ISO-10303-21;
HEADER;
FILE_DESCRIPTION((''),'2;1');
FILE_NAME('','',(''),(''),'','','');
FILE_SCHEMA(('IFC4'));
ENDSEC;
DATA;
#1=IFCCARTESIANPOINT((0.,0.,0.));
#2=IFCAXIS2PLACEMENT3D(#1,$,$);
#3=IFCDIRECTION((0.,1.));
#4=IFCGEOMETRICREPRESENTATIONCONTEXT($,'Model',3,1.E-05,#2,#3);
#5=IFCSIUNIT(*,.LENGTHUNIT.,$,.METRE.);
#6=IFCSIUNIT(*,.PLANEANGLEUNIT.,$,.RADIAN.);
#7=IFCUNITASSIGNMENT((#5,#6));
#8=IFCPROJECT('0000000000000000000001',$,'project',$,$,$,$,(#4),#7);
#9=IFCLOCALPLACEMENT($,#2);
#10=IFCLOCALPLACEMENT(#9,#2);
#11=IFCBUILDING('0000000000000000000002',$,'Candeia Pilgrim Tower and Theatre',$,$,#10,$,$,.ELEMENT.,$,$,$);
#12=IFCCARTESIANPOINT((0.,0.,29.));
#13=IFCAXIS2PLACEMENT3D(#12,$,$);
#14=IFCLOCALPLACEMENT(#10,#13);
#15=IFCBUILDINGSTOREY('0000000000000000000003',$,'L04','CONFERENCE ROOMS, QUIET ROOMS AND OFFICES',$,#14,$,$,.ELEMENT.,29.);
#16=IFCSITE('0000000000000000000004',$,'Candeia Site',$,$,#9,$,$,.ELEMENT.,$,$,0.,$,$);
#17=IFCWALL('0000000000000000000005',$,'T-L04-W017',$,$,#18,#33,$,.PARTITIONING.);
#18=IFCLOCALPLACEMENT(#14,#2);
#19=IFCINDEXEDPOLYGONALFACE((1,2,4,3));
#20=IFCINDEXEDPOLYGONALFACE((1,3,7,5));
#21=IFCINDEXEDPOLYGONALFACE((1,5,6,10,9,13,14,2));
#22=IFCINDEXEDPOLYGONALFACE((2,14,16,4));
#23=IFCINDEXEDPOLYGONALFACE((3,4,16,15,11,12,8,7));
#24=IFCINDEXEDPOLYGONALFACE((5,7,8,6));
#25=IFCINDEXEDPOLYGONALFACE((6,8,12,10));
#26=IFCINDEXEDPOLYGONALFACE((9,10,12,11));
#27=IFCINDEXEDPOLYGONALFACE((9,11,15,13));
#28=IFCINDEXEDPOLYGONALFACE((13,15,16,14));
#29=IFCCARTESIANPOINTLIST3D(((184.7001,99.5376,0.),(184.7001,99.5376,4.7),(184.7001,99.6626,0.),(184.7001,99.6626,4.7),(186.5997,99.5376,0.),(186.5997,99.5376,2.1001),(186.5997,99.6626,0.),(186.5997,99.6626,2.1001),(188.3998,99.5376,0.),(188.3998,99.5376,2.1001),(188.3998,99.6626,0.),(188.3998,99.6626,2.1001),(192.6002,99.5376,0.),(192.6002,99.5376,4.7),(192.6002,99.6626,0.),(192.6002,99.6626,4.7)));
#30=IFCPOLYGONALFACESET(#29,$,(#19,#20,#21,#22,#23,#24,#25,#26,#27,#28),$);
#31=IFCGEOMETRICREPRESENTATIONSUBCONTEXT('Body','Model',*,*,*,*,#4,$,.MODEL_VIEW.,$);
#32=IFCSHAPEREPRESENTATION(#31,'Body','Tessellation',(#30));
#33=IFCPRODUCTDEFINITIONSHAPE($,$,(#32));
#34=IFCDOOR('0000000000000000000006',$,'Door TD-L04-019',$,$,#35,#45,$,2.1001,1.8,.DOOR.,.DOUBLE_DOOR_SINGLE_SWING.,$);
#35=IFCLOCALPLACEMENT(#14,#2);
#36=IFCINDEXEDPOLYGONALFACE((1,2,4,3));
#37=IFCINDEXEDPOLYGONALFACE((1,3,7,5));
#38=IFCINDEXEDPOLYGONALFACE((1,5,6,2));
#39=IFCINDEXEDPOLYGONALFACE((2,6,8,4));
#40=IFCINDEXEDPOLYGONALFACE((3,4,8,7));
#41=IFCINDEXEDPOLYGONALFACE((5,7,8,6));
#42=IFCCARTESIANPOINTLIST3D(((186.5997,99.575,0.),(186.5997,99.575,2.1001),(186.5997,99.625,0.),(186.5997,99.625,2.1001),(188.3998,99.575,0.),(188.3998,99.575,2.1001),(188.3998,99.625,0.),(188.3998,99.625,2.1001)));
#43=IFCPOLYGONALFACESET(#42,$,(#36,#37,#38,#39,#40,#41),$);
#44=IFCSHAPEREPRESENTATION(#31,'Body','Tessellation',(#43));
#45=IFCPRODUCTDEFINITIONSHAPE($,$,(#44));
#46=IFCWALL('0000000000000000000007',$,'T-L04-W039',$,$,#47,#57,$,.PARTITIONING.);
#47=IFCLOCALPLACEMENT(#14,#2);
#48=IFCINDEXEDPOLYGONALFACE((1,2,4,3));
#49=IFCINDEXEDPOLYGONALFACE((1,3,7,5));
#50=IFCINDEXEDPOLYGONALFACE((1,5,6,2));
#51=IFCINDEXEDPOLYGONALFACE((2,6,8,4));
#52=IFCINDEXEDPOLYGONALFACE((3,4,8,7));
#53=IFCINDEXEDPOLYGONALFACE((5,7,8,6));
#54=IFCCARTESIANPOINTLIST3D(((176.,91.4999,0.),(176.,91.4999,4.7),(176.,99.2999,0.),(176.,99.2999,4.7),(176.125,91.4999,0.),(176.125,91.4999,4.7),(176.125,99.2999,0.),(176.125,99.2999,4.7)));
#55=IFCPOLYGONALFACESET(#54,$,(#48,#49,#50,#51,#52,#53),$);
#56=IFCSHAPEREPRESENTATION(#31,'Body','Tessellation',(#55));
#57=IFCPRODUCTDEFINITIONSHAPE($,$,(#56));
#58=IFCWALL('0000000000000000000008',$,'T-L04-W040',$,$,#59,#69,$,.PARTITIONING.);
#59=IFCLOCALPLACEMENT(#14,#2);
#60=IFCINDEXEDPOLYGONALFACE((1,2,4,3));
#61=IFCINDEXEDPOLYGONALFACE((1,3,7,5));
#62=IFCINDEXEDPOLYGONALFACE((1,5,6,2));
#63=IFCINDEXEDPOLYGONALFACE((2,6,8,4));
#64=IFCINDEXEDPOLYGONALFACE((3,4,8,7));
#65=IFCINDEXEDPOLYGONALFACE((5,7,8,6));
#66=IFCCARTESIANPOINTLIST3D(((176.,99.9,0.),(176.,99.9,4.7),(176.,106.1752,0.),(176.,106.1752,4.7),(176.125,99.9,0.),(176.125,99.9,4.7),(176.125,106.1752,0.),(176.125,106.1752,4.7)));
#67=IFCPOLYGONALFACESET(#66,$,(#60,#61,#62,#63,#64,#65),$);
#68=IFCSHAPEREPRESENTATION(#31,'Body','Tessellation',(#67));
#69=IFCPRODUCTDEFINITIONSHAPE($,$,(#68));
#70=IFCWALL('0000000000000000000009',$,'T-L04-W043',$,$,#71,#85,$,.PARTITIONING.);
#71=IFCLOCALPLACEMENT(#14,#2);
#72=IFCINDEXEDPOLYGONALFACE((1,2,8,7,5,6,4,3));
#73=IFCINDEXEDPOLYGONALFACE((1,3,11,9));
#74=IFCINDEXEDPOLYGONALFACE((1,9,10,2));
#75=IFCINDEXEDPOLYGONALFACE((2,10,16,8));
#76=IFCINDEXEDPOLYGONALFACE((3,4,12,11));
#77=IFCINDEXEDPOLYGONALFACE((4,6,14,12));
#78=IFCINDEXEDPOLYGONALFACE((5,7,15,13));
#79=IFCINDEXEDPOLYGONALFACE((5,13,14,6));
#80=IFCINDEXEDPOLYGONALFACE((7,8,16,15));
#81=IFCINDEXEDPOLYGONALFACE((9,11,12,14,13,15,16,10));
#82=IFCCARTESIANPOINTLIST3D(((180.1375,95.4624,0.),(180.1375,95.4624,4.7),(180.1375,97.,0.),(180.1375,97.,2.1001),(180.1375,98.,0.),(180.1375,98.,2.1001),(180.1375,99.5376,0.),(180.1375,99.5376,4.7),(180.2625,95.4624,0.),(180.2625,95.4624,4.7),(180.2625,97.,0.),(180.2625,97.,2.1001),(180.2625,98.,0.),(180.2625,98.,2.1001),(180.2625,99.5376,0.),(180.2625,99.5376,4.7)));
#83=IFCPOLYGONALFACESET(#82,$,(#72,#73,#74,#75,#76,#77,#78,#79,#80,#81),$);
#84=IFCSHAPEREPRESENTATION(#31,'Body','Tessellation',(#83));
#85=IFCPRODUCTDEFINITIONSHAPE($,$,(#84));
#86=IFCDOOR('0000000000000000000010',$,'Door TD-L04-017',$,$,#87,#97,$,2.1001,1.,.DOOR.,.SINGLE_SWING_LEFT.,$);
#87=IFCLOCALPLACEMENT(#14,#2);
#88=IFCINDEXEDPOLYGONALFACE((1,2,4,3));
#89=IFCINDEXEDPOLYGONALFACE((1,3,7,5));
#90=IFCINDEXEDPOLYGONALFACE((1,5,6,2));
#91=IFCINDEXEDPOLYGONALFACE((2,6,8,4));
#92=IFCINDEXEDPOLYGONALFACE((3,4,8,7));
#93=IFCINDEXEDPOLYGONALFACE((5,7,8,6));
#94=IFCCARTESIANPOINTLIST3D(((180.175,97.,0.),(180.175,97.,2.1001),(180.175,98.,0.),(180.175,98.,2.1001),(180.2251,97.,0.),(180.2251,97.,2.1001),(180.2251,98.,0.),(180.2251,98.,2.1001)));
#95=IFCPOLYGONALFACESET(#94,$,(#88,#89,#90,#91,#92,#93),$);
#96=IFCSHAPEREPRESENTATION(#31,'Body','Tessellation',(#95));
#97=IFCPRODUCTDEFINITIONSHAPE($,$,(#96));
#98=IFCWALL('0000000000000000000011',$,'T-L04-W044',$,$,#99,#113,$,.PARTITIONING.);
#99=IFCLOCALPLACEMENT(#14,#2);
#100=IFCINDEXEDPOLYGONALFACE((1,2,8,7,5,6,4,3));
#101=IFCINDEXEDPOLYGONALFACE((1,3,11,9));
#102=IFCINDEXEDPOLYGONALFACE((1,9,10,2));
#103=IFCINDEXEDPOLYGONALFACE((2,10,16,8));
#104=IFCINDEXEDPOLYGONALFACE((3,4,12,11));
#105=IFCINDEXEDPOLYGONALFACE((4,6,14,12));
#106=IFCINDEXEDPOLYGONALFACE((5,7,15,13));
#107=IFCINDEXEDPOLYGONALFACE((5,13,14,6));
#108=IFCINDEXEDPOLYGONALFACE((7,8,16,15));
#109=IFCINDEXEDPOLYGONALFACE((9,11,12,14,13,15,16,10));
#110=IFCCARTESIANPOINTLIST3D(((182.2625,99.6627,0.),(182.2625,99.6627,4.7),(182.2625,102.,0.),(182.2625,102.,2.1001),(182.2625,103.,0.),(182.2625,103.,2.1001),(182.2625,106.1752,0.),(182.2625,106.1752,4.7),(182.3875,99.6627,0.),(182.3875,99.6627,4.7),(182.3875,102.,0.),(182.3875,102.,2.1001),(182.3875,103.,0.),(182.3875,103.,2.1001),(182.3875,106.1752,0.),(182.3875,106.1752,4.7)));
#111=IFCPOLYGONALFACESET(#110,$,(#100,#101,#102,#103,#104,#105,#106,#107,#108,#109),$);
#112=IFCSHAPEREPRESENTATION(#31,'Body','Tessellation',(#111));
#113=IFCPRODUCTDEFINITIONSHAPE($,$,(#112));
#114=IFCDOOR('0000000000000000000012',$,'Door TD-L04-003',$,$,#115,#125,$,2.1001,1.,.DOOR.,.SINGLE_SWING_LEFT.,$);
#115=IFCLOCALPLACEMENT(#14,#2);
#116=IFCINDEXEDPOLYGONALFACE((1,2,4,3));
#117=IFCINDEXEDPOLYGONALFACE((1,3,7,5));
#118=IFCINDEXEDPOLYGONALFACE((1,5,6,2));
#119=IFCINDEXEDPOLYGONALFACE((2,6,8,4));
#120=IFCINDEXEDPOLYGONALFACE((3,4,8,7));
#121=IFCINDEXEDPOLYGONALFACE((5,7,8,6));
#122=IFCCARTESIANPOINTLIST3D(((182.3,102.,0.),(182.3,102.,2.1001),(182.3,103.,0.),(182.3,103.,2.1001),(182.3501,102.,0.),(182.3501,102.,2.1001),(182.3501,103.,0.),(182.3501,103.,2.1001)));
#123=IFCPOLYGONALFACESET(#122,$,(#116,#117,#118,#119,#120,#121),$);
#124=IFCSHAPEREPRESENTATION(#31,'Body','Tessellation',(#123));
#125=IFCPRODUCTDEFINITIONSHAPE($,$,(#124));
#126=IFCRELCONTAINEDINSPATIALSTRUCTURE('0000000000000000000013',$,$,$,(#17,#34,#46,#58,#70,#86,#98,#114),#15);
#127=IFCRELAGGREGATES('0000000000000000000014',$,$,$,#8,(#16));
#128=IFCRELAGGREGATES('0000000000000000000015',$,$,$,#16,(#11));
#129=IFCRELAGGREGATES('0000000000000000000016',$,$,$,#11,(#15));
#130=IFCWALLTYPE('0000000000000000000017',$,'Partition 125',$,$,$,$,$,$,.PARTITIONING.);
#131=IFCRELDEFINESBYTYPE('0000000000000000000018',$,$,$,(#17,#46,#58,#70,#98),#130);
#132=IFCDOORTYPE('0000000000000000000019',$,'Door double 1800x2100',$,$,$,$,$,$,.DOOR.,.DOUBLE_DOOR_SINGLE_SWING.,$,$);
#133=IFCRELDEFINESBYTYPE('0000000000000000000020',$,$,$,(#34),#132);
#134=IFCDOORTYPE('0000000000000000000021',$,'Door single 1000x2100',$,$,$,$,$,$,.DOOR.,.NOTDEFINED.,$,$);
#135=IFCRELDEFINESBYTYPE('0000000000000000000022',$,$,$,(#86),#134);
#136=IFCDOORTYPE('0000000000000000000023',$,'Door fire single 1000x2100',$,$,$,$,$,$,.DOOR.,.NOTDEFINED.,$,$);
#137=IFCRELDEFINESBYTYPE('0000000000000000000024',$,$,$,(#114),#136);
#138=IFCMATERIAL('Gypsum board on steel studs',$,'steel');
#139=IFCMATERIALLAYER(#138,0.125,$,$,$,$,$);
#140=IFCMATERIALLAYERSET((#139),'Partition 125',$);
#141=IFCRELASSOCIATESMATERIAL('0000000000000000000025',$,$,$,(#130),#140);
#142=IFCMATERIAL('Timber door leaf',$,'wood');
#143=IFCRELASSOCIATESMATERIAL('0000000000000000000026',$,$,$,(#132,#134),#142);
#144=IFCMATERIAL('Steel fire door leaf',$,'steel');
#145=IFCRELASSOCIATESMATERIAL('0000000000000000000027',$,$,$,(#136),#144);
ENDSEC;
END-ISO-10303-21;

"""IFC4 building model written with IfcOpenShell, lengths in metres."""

from ifc_helpers import new_model, si_unit, direction, frame, frame_2d, origin, place, context, subcontext, project, spatial, rectangle, extrude, material, layer, layer_set, type_object, element, fill, save


model = new_model("IFC4")

# Units and contexts
model_context = context("Model", 3, precision=1e-05, world=origin(), true_north=direction((0.0, 1.0)))
body_context = subcontext(model_context, "Body", "Model", "MODEL_VIEW")
ifc_project = project(units=[si_unit("LENGTHUNIT", "METRE"), si_unit("PLANEANGLEUNIT", "RADIAN")], contexts=[model_context])

# Site, building, storey
site_placement = place(None, origin())
site = spatial("IfcSite", under=ifc_project, at=site_placement, Name="Candeia Site", CompositionType="ELEMENT", RefElevation=0.0)
building_placement = place(site_placement, origin())
building = spatial("IfcBuilding", under=site, at=building_placement, Name="Candeia Pilgrim Tower and Theatre", CompositionType="ELEMENT")
storey_placement = place(building_placement, frame((0.0, 0.0, 29.0)))
storey = spatial("IfcBuildingStorey", under=building, at=storey_placement, Name="L04", Description="CONFERENCE ROOMS, QUIET ROOMS AND OFFICES", CompositionType="ELEMENT", Elevation=29.0)

# Shared definitions
ifc_material_1 = material(Name="Gypsum board on steel studs", Category="steel")
ifc_layer_1 = layer(ifc_material_1, 0.125)
ifc_layer_set_1 = layer_set([ifc_layer_1], Name="Partition 125")
wall_type_1 = type_object("IfcWallType", Name="Partition 125", PredefinedType="PARTITIONING", material=ifc_layer_set_1)

# Wall, opening, door
ifc_material_2 = material(Name="Timber door leaf", Category="wood")
door_type_1 = type_object("IfcDoorType", Name="Door double 1800x2100", OperationType="DOUBLE_DOOR_SINGLE_SWING", PredefinedType="DOOR", material=ifc_material_2)
wall_1_placement = place(storey_placement, frame((184.7, 99.6001, 0.0), z_axis=(0.0, 0.0, 1.0), x_axis=(1.0, 0.0, 0.0)))
wall_1 = element("IfcWall", 1, at=wall_1_placement, inside=storey, type_object=wall_type_1, Name="T-L04-W017", PredefinedType="PARTITIONING", context=body_context, shape_type="SweptSolid", body=[
    extrude(rectangle(XDim=7.9001, YDim=0.125, at=frame_2d((3.9502, 0.0))), origin(), (0.0, 0.0, 1.0), 4.7),
])
opening_1_placement = place(wall_1_placement, frame((1.8999, 0.0, 0.0)))
opening_1 = element("IfcOpeningElement", 2, at=opening_1_placement, cuts=wall_1, PredefinedType="OPENING", context=body_context, shape_type="SweptSolid", body=[
    extrude(rectangle(XDim=1.8, YDim=2.1001, at=frame_2d((0.8999, 1.05))), frame((0.0, 0.0725, 0.0), z_axis=(0.0, -1.0, 0.0), x_axis=(1.0, 0.0, 0.0)), (0.0, 0.0, 1.0), 0.145),
])
door_1_placement = place(opening_1_placement, origin())
door_1 = element("IfcDoor", 3, at=door_1_placement, inside=storey, type_object=door_type_1, Name="Door TD-L04-019", OperationType="DOUBLE_DOOR_SINGLE_SWING", OverallHeight=2.1001, OverallWidth=1.8, PredefinedType="DOOR", context=body_context, shape_type="SweptSolid", body=[
    extrude(rectangle(XDim=1.8, YDim=2.1001, at=frame_2d((0.8999, 1.05))), frame((0.0, 0.0249, 0.0), z_axis=(0.0, -1.0, 0.0), x_axis=(1.0, 0.0, 0.0)), (0.0, 0.0, 1.0), 0.05),
])
fill(opening_1, door_1)

# Walls
wall_2_placement = place(storey_placement, frame((176.0625, 91.5, 0.0), z_axis=(0.0, 0.0, 1.0), x_axis=(0.0, 1.0, 0.0)))
element("IfcWall", 4, at=wall_2_placement, inside=storey, type_object=wall_type_1, Name="T-L04-W039", PredefinedType="PARTITIONING", context=body_context, shape_type="SweptSolid", body=[
    extrude(rectangle(XDim=7.8, YDim=0.125, at=frame_2d((3.8999, 0.0))), origin(), (0.0, 0.0, 1.0), 4.7),
])
wall_3_placement = place(storey_placement, frame((176.0625, 99.8999, 0.0), z_axis=(0.0, 0.0, 1.0), x_axis=(0.0, 1.0, 0.0)))
element("IfcWall", 5, at=wall_3_placement, inside=storey, type_object=wall_type_1, Name="T-L04-W040", PredefinedType="PARTITIONING", context=body_context, shape_type="SweptSolid", body=[
    extrude(rectangle(XDim=6.2751, YDim=0.125, at=frame_2d((3.1377, 0.0))), origin(), (0.0, 0.0, 1.0), 4.7),
])

# Walls, openings, doors
wall_4_placement = place(storey_placement, frame((180.2, 95.4624, 0.0), z_axis=(0.0, 0.0, 1.0), x_axis=(0.0, 1.0, 0.0)))
wall_4 = element("IfcWall", 6, at=wall_4_placement, inside=storey, type_object=wall_type_1, Name="T-L04-W043", PredefinedType="PARTITIONING", context=body_context, shape_type="SweptSolid", body=[
    extrude(rectangle(XDim=4.0752, YDim=0.125, at=frame_2d((2.0376, 0.0))), origin(), (0.0, 0.0, 1.0), 4.7),
])
opening_2_placement = place(wall_4_placement, frame((1.5376, 0.0, 0.0)))
opening_2 = element("IfcOpeningElement", 7, at=opening_2_placement, cuts=wall_4, PredefinedType="OPENING", context=body_context, shape_type="SweptSolid", body=[
    extrude(rectangle(XDim=1.0, YDim=2.1001, at=frame_2d((0.5, 1.05))), frame((0.0, 0.0725, 0.0), z_axis=(0.0, -1.0, 0.0), x_axis=(1.0, 0.0, 0.0)), (0.0, 0.0, 1.0), 0.145),
])
door_type_2 = type_object("IfcDoorType", Name="Door single 1000x2100", OperationType="NOTDEFINED", PredefinedType="DOOR", material=ifc_material_2)
door_2_placement = place(opening_2_placement, origin())
door_2 = element("IfcDoor", 8, at=door_2_placement, inside=storey, type_object=door_type_2, Name="Door TD-L04-017", OperationType="SINGLE_SWING_LEFT", OverallHeight=2.1001, OverallWidth=1.0, PredefinedType="DOOR", context=body_context, shape_type="SweptSolid", body=[
    extrude(rectangle(XDim=1.0, YDim=2.1001, at=frame_2d((0.5, 1.05))), frame((0.0, 0.0249, 0.0), z_axis=(0.0, -1.0, 0.0), x_axis=(1.0, 0.0, 0.0)), (0.0, 0.0, 1.0), 0.05),
])
fill(opening_2, door_2)
wall_5_placement = place(storey_placement, frame((182.325, 99.6626, 0.0), z_axis=(0.0, 0.0, 1.0), x_axis=(0.0, 1.0, 0.0)))
wall_5 = element("IfcWall", 9, at=wall_5_placement, inside=storey, type_object=wall_type_1, Name="T-L04-W044", PredefinedType="PARTITIONING", context=body_context, shape_type="SweptSolid", body=[
    extrude(rectangle(XDim=6.5125, YDim=0.125, at=frame_2d((3.2563, 0.0))), origin(), (0.0, 0.0, 1.0), 4.7),
])
opening_3_placement = place(wall_5_placement, frame((2.3374, 0.0, 0.0)))
opening_3 = element("IfcOpeningElement", 10, at=opening_3_placement, cuts=wall_5, PredefinedType="OPENING", context=body_context, shape_type="SweptSolid", body=[
    extrude(rectangle(XDim=1.0, YDim=2.1001, at=frame_2d((0.5, 1.05))), frame((0.0, 0.0725, 0.0), z_axis=(0.0, -1.0, 0.0), x_axis=(1.0, 0.0, 0.0)), (0.0, 0.0, 1.0), 0.145),
])
ifc_material_3 = material(Name="Steel fire door leaf", Category="steel")
door_type_3 = type_object("IfcDoorType", Name="Door fire single 1000x2100", OperationType="NOTDEFINED", PredefinedType="DOOR", material=ifc_material_3)
door_3_placement = place(opening_3_placement, origin())
door_3 = element("IfcDoor", 11, at=door_3_placement, inside=storey, type_object=door_type_3, Name="Door TD-L04-003", OperationType="SINGLE_SWING_LEFT", OverallHeight=2.1001, OverallWidth=1.0, PredefinedType="DOOR", context=body_context, shape_type="SweptSolid", body=[
    extrude(rectangle(XDim=1.0, YDim=2.1001, at=frame_2d((0.5, 1.05))), frame((0.0, 0.0249, 0.0), z_axis=(0.0, -1.0, 0.0), x_axis=(1.0, 0.0, 0.0)), (0.0, 0.0, 1.0), 0.05),
])
fill(opening_3, door_3)

save(model, "model.ifc")
